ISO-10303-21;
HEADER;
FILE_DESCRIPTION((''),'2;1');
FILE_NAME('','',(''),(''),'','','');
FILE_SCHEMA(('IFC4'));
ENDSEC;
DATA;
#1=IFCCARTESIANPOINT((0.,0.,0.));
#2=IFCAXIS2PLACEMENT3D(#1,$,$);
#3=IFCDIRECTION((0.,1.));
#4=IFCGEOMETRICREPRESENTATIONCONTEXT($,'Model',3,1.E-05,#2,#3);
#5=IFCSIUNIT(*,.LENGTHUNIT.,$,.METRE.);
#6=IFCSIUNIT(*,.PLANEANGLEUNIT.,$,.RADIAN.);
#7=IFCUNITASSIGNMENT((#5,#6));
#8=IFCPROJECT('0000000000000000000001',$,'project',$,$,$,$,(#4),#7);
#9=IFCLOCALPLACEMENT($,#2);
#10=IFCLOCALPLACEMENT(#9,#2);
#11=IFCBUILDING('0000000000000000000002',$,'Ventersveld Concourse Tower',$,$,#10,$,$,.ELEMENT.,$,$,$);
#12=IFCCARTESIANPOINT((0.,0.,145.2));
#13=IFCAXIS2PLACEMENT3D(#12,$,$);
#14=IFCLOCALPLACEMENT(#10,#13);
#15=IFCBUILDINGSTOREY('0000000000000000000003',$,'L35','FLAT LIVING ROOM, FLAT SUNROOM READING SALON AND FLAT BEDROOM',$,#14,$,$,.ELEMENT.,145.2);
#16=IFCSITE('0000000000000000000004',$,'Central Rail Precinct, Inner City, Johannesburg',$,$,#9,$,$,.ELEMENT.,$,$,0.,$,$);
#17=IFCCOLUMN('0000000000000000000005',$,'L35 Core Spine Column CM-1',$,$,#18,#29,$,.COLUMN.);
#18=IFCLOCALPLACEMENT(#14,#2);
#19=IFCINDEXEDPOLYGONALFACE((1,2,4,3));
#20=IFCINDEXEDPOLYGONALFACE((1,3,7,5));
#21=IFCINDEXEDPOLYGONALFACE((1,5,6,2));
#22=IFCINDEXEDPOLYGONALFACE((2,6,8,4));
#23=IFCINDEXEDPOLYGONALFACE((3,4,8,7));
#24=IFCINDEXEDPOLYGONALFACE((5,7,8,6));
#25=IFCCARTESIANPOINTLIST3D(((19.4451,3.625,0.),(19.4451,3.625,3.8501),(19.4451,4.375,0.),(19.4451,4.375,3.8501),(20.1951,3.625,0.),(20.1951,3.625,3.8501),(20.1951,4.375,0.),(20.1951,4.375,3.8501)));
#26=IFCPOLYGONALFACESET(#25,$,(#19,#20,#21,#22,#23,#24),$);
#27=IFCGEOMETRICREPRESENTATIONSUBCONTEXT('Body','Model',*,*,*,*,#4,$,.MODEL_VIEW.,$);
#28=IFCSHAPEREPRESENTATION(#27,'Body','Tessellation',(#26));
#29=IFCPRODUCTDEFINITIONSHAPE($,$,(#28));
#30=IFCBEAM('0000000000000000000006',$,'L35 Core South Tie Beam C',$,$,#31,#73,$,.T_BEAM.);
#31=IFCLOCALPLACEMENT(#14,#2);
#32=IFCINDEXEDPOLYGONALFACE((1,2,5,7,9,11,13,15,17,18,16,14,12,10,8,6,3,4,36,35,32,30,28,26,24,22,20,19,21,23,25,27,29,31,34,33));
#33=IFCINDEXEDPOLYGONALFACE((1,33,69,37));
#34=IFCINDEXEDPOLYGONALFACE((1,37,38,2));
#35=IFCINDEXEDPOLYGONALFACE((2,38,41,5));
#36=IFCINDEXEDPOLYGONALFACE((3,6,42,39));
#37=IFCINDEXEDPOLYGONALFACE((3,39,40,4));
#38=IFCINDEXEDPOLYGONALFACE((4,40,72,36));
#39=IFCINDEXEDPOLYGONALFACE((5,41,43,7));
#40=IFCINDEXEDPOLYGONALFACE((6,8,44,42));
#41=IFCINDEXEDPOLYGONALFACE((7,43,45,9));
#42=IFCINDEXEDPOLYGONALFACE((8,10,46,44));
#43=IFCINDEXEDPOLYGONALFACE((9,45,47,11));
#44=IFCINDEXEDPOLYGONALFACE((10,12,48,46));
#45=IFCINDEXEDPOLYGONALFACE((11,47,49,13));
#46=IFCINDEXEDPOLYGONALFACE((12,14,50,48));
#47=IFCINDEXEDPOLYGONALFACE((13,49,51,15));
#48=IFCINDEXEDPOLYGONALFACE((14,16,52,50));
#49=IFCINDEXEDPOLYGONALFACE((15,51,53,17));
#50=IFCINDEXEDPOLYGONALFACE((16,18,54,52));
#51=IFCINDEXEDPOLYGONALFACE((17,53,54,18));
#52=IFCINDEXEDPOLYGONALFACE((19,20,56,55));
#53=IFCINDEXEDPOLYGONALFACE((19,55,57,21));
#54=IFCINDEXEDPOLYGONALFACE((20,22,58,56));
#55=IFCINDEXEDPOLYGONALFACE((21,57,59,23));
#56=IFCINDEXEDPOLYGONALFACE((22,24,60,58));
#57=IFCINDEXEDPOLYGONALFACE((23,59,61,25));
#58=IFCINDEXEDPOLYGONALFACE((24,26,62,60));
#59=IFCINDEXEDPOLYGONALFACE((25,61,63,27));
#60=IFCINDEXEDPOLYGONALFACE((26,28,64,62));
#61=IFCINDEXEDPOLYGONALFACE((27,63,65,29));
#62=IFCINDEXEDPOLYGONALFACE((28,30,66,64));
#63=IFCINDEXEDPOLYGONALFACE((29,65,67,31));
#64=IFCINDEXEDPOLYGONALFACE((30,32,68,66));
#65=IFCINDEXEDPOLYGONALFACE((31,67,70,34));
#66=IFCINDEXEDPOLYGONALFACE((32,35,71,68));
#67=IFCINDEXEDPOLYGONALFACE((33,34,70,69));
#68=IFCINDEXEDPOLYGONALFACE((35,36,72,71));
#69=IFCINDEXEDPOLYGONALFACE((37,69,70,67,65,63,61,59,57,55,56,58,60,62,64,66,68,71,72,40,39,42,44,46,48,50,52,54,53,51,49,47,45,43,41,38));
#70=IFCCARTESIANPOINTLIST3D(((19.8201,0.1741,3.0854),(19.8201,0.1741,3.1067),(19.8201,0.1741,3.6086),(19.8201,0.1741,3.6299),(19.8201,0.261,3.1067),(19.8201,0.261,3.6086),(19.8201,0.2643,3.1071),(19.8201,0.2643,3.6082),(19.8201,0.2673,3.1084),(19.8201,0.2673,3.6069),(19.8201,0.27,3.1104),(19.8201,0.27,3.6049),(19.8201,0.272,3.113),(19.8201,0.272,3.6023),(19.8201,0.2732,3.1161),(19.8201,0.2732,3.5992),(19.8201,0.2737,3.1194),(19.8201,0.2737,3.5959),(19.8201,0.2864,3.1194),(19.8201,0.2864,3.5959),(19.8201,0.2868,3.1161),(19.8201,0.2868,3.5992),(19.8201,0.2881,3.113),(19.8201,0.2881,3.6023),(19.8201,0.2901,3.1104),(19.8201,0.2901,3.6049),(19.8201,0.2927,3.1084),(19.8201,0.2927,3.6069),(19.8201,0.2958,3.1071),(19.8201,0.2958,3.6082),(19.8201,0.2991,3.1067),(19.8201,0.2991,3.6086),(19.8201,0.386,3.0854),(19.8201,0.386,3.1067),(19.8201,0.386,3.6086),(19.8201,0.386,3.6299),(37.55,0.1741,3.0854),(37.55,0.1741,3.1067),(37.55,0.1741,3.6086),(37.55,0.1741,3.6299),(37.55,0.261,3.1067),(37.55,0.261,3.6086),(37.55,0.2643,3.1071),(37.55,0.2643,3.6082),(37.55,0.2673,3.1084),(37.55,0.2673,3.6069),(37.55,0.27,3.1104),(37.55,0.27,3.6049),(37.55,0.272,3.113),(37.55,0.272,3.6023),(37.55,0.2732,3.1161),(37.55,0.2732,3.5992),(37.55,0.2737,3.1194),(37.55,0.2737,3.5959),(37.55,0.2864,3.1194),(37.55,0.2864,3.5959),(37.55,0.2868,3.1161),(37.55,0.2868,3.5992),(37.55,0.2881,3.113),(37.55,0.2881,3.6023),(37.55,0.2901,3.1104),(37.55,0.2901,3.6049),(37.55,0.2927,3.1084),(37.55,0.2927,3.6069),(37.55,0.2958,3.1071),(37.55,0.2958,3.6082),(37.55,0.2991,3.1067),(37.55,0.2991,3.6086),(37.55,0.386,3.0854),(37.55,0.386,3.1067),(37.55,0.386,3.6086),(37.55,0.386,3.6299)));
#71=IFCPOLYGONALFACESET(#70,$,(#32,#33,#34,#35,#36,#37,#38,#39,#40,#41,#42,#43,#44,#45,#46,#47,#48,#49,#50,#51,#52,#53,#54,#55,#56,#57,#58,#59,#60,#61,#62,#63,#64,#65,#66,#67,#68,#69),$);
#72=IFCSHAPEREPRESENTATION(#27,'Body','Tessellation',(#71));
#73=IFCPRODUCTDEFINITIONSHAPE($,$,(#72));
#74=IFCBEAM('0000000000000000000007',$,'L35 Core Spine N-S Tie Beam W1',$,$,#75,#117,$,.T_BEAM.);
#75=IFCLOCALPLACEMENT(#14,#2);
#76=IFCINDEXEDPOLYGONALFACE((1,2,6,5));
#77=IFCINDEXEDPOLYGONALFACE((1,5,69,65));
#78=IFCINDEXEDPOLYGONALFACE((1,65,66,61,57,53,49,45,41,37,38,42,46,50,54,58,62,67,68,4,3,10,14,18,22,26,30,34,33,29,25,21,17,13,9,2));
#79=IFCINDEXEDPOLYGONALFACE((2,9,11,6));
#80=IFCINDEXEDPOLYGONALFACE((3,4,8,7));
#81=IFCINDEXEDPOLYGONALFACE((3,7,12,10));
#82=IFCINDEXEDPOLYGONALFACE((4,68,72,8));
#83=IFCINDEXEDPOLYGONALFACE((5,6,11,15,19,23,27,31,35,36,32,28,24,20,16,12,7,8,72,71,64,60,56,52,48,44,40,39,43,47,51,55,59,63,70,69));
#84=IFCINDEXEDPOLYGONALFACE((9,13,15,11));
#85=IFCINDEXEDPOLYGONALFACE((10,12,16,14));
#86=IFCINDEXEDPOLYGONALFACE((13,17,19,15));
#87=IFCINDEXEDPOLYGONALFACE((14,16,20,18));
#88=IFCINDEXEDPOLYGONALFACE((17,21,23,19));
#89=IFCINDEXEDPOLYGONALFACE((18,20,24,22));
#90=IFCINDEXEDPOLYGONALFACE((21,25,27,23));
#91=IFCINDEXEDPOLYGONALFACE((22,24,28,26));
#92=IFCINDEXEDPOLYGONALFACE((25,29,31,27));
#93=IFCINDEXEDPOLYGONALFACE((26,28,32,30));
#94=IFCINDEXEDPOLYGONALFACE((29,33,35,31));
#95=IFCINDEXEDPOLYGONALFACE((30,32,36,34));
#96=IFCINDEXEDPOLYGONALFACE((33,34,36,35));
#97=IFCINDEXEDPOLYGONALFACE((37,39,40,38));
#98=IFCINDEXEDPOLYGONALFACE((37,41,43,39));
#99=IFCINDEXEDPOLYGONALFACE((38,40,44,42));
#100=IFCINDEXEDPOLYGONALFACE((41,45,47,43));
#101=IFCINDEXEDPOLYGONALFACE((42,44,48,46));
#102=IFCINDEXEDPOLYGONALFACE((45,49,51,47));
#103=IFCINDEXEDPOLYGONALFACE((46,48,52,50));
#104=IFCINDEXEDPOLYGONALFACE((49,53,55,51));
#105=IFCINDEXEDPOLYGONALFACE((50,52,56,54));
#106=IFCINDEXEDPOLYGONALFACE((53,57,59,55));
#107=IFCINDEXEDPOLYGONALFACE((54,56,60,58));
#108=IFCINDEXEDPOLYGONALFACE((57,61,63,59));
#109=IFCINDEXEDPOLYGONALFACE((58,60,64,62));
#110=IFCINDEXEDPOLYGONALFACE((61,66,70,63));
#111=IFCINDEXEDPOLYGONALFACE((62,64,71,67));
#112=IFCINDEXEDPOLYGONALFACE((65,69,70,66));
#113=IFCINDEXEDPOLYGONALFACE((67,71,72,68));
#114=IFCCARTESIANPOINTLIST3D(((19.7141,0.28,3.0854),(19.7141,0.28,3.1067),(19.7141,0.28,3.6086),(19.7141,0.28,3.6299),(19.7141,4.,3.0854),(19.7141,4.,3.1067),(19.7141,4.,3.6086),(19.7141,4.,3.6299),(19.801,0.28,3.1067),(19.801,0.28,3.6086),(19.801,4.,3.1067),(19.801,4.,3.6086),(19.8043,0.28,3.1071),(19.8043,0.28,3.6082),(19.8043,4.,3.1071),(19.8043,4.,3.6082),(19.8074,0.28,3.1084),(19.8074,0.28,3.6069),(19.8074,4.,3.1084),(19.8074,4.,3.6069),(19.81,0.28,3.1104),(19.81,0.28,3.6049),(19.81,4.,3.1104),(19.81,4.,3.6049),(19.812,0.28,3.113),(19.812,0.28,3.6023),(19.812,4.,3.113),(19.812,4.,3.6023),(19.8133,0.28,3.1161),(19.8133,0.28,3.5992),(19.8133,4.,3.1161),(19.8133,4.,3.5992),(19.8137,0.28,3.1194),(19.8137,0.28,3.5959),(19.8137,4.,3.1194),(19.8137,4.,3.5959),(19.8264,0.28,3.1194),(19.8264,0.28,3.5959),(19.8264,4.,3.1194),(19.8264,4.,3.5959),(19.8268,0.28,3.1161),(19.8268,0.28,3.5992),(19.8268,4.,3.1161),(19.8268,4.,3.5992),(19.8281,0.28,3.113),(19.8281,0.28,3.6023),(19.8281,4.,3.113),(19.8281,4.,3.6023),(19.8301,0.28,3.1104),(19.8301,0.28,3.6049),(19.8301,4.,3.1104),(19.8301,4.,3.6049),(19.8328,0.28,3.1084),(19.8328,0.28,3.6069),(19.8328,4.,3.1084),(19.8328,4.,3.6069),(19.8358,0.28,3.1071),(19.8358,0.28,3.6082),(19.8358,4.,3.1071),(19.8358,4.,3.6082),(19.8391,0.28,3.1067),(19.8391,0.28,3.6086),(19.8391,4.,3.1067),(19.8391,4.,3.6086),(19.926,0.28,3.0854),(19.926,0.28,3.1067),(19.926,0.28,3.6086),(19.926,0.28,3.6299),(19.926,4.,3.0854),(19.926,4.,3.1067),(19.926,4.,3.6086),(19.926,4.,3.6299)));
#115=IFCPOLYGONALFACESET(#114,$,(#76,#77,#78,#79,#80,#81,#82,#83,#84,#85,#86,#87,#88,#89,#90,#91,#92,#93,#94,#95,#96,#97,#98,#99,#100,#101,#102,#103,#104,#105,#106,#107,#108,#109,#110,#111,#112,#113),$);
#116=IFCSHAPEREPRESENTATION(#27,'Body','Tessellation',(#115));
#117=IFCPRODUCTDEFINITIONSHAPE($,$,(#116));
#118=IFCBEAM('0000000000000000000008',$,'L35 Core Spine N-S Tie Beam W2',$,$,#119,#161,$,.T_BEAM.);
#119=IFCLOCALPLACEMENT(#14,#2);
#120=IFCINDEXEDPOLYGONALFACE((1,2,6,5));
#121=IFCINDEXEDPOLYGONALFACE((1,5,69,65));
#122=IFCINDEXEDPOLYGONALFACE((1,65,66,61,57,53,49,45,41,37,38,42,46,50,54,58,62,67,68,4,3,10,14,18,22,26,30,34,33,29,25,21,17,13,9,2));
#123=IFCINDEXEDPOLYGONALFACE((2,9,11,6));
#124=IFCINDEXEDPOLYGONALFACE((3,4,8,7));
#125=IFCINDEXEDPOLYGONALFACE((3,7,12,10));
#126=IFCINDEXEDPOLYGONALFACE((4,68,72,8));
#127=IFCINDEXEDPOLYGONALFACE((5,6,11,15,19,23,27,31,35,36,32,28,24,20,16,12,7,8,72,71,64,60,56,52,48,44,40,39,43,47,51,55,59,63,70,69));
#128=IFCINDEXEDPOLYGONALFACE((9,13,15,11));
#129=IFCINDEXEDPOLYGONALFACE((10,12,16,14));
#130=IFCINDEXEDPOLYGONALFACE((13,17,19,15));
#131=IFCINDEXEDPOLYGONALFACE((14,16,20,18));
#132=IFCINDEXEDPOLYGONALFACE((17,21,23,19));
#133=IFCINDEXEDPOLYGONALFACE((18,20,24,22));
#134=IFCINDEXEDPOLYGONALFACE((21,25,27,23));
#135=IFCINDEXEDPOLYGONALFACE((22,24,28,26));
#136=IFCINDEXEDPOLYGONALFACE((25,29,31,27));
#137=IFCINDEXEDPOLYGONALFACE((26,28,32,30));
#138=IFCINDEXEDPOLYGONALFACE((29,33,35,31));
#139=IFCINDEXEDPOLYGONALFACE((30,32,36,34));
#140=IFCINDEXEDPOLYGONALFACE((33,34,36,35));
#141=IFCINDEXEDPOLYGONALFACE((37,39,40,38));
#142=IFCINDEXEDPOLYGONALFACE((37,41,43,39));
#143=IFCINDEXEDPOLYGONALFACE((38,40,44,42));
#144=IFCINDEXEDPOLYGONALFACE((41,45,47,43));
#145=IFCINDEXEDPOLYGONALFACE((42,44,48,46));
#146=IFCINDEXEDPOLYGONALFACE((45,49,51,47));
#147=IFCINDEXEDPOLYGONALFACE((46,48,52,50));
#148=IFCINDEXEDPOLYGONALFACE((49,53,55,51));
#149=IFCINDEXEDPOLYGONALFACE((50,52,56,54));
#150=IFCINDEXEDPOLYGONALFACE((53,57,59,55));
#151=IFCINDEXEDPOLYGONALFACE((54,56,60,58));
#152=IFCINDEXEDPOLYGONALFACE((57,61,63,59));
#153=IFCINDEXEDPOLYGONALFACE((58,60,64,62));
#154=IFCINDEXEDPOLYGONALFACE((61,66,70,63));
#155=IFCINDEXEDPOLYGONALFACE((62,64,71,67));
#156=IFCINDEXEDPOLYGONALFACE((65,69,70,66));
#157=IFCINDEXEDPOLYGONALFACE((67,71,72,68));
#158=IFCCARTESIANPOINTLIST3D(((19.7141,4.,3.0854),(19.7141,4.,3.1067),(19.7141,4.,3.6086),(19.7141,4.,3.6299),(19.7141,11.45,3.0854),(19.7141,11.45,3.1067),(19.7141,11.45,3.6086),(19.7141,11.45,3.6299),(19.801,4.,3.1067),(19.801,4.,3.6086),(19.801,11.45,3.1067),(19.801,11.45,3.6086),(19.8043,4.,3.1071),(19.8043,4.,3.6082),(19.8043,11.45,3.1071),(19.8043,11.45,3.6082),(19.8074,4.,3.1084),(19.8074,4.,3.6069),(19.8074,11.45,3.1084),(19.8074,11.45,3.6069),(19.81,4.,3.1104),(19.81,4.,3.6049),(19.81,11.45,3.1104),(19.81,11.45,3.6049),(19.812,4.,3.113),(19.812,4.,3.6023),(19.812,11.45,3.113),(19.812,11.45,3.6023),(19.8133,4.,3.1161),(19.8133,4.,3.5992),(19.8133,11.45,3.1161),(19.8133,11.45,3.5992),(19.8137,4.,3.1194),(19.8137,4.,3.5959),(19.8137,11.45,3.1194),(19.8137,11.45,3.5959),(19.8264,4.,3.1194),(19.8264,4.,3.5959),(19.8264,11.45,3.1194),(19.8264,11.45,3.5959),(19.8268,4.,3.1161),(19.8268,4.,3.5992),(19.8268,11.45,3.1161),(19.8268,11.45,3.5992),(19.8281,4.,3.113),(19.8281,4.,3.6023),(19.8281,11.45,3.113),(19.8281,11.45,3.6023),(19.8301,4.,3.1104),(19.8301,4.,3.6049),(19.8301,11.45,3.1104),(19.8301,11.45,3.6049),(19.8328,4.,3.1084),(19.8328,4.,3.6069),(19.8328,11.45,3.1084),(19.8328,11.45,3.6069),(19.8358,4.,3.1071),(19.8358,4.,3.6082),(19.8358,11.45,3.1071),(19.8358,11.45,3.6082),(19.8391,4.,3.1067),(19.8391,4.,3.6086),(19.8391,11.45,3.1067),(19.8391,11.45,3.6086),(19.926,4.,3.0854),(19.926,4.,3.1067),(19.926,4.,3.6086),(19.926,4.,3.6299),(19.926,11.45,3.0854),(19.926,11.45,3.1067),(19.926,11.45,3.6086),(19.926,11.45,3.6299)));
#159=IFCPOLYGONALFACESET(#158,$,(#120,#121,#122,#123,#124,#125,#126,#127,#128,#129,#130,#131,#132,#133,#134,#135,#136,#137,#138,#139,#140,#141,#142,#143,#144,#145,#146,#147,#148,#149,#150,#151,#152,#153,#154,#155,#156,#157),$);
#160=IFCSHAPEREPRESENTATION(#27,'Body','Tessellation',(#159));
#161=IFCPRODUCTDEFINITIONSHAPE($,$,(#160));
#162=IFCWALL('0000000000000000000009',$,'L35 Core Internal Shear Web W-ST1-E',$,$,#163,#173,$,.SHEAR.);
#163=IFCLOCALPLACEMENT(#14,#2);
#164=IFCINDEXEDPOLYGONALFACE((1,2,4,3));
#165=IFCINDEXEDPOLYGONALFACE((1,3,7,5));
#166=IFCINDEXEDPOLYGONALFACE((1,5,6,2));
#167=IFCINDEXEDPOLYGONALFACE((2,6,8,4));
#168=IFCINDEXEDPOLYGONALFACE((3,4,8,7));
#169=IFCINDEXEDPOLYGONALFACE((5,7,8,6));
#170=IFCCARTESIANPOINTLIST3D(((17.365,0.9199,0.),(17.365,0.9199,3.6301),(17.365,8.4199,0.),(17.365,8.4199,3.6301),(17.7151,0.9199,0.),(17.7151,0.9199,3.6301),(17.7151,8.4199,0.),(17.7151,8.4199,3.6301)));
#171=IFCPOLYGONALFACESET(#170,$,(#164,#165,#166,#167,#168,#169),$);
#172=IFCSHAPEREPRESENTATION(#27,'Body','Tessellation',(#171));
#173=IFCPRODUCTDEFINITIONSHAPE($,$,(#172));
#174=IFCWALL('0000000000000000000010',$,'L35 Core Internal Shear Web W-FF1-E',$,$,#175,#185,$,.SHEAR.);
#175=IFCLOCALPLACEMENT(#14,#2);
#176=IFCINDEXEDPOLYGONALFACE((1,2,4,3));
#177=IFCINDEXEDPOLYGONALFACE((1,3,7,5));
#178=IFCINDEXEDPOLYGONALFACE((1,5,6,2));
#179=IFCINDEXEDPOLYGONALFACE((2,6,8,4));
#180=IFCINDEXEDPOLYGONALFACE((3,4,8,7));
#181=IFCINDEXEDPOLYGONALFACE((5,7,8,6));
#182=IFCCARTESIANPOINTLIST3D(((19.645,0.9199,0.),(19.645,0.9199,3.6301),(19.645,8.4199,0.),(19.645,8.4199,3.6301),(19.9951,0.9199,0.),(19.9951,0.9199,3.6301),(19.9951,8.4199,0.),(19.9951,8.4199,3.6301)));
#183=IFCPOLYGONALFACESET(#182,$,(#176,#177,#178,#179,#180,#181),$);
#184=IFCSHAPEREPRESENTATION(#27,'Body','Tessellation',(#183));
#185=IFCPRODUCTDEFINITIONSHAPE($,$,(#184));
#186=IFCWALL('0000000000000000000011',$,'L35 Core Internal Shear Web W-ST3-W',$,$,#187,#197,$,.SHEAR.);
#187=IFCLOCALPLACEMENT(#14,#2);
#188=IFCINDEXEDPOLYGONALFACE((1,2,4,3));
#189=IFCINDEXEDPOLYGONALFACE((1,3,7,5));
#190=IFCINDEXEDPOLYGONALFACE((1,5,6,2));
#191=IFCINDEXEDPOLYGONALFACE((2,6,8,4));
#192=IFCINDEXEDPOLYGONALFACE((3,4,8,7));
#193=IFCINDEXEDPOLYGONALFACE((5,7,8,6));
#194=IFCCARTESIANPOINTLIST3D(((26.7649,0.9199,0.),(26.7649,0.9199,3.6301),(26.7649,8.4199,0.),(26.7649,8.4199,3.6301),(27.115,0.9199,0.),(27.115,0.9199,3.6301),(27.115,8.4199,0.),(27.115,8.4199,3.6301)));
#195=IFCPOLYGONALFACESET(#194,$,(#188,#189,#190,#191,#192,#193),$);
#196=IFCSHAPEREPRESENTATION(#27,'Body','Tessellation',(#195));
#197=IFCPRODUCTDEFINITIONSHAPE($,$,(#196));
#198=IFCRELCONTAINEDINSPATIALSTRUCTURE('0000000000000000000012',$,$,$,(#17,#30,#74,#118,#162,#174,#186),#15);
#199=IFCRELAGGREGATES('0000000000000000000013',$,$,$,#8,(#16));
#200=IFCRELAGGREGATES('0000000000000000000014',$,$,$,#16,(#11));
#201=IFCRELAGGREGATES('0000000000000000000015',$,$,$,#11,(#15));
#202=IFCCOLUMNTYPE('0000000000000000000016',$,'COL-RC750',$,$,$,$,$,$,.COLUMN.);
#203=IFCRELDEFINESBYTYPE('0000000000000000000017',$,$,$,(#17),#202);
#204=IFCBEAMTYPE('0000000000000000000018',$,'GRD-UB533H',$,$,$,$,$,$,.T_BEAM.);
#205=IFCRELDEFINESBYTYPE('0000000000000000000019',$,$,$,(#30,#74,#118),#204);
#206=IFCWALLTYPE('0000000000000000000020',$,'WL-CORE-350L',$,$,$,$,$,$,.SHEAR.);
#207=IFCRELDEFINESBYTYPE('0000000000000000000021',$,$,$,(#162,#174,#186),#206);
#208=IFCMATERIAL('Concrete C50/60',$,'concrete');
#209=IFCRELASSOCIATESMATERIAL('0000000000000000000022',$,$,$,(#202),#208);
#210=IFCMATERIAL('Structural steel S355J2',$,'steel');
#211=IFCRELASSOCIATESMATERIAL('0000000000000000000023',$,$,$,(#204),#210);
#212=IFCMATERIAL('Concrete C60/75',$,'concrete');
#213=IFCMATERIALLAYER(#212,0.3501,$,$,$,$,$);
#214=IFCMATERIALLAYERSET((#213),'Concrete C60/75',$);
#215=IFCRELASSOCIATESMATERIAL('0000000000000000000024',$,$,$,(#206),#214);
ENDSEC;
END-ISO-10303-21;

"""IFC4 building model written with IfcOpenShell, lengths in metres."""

from ifc_helpers import new_model, si_unit, direction, frame, frame_2d, origin, origin_2d, place, context, subcontext, project, spatial, rectangle, i_section, extrude, material, layer, layer_set, material_profile, profile_set, type_object, element, save


model = new_model("IFC4")

# Units and contexts
model_context = context("Model", 3, precision=1e-05, world=origin(), true_north=direction((0.0, 1.0)))
body_context = subcontext(model_context, "Body", "Model", "MODEL_VIEW")
ifc_project = project(units=[si_unit("LENGTHUNIT", "METRE"), si_unit("PLANEANGLEUNIT", "RADIAN")], contexts=[model_context])

# Site, building, storey
site_placement = place(None, origin())
site = spatial("IfcSite", under=ifc_project, at=site_placement, Name="Central Rail Precinct, Inner City, Johannesburg", CompositionType="ELEMENT", RefElevation=0.0)
building_placement = place(site_placement, origin())
building = spatial("IfcBuilding", under=site, at=building_placement, Name="Ventersveld Concourse Tower", CompositionType="ELEMENT")
storey_placement = place(building_placement, frame((0.0, 0.0, 145.2)))
storey = spatial("IfcBuildingStorey", under=building, at=storey_placement, Name="L35", Description="FLAT LIVING ROOM, FLAT SUNROOM READING SALON AND FLAT BEDROOM", CompositionType="ELEMENT", Elevation=145.2)

# Column
ifc_material_1 = material(Name="Concrete C50/60", Category="concrete")
ifc_material_profile_1 = material_profile(ifc_material_1, rectangle(XDim=0.75, YDim=0.75, at=origin_2d()), Name="RC 750x750")
ifc_profile_set_1 = profile_set([ifc_material_profile_1], Name="Concrete C50/60")
column_type = type_object("IfcColumnType", Name="COL-RC750", PredefinedType="COLUMN", material=ifc_profile_set_1)
column_placement = place(storey_placement, frame((19.8201, 4.0, 0.0), z_axis=(0.0, 0.0, 1.0), x_axis=(1.0, 0.0, 0.0)))
element("IfcColumn", 1, at=column_placement, inside=storey, type_object=column_type, Name="L35 Core Spine Column CM-1", PredefinedType="COLUMN", context=body_context, shape_type="SweptSolid", body=[
    extrude(rectangle(XDim=0.75, YDim=0.75, at=origin_2d()), origin(), (0.0, 0.0, 1.0), 3.8501),
])

# Beams
ifc_material_2 = material(Name="Structural steel S355J2", Category="steel")
ifc_material_profile_2 = material_profile(ifc_material_2, i_section(OverallWidth=0.2119, OverallDepth=0.5444, WebThickness=0.0127, FlangeThickness=0.0212, FilletRadius=0.0127, at=origin_2d()), Name="UB 533x210x122")
ifc_profile_set_2 = profile_set([ifc_material_profile_2], Name="Structural steel S355J2")
beam_type = type_object("IfcBeamType", Name="GRD-UB533H", PredefinedType="T_BEAM", material=ifc_profile_set_2)
beam_1_placement = place(storey_placement, frame((19.8201, 0.28, 3.3577), z_axis=(1.0, 0.0, 0.0), x_axis=(0.0, 1.0, 0.0)))
element("IfcBeam", 2, at=beam_1_placement, inside=storey, type_object=beam_type, Name="L35 Core South Tie Beam C", PredefinedType="T_BEAM", context=body_context, shape_type="SweptSolid", body=[
    extrude(i_section(OverallWidth=0.2119, OverallDepth=0.5444, WebThickness=0.0127, FlangeThickness=0.0212, FilletRadius=0.0127, at=origin_2d()), origin(), (0.0, 0.0, 1.0), 17.73),
])
beam_2_placement = place(storey_placement, frame((19.8201, 0.28, 3.3577), z_axis=(0.0, 1.0, 0.0), x_axis=(-1.0, 0.0, 0.0)))
element("IfcBeam", 3, at=beam_2_placement, inside=storey, type_object=beam_type, Name="L35 Core Spine N-S Tie Beam W1", PredefinedType="T_BEAM", context=body_context, shape_type="SweptSolid", body=[
    extrude(i_section(OverallWidth=0.2119, OverallDepth=0.5444, WebThickness=0.0127, FlangeThickness=0.0212, FilletRadius=0.0127, at=origin_2d()), origin(), (0.0, 0.0, 1.0), 3.72),
])
beam_3_placement = place(storey_placement, frame((19.8201, 4.0, 3.3577), z_axis=(0.0, 1.0, 0.0), x_axis=(-1.0, 0.0, 0.0)))
element("IfcBeam", 4, at=beam_3_placement, inside=storey, type_object=beam_type, Name="L35 Core Spine N-S Tie Beam W2", PredefinedType="T_BEAM", context=body_context, shape_type="SweptSolid", body=[
    extrude(i_section(OverallWidth=0.2119, OverallDepth=0.5444, WebThickness=0.0127, FlangeThickness=0.0212, FilletRadius=0.0127, at=origin_2d()), origin(), (0.0, 0.0, 1.0), 7.45),
])

# Walls
ifc_material_3 = material(Name="Concrete C60/75", Category="concrete")
ifc_layer_1 = layer(ifc_material_3, 0.3501)
ifc_layer_set_1 = layer_set([ifc_layer_1], Name="Concrete C60/75")
wall_type_1 = type_object("IfcWallType", Name="WL-CORE-350L", PredefinedType="SHEAR", material=ifc_layer_set_1)
for number, where, z_axis, x_axis, name in (
    (5, (17.54, 0.9199, 0.0), (0.0, 0.0, 1.0), (0.0, 1.0, 0.0), "L35 Core Internal Shear Web W-ST1-E"),
    (6, (19.8201, 0.9199, 0.0), (0.0, 0.0, 1.0), (0.0, 1.0, 0.0), "L35 Core Internal Shear Web W-FF1-E"),
    (7, (26.9399, 0.9199, 0.0), (0.0, 0.0, 1.0), (0.0, 1.0, 0.0), "L35 Core Internal Shear Web W-ST3-W"),
):
    element("IfcWall", number, at=place(storey_placement, frame(where, z_axis=z_axis, x_axis=x_axis)), inside=storey, type_object=wall_type_1, Name=name, PredefinedType="SHEAR", context=body_context, shape_type="SweptSolid", body=[
        extrude(rectangle(XDim=7.5, YDim=0.3501, at=frame_2d((3.75, 0.0))), origin(), (0.0, 0.0, 1.0), 3.6301),
    ])

save(model, "model.ifc")
